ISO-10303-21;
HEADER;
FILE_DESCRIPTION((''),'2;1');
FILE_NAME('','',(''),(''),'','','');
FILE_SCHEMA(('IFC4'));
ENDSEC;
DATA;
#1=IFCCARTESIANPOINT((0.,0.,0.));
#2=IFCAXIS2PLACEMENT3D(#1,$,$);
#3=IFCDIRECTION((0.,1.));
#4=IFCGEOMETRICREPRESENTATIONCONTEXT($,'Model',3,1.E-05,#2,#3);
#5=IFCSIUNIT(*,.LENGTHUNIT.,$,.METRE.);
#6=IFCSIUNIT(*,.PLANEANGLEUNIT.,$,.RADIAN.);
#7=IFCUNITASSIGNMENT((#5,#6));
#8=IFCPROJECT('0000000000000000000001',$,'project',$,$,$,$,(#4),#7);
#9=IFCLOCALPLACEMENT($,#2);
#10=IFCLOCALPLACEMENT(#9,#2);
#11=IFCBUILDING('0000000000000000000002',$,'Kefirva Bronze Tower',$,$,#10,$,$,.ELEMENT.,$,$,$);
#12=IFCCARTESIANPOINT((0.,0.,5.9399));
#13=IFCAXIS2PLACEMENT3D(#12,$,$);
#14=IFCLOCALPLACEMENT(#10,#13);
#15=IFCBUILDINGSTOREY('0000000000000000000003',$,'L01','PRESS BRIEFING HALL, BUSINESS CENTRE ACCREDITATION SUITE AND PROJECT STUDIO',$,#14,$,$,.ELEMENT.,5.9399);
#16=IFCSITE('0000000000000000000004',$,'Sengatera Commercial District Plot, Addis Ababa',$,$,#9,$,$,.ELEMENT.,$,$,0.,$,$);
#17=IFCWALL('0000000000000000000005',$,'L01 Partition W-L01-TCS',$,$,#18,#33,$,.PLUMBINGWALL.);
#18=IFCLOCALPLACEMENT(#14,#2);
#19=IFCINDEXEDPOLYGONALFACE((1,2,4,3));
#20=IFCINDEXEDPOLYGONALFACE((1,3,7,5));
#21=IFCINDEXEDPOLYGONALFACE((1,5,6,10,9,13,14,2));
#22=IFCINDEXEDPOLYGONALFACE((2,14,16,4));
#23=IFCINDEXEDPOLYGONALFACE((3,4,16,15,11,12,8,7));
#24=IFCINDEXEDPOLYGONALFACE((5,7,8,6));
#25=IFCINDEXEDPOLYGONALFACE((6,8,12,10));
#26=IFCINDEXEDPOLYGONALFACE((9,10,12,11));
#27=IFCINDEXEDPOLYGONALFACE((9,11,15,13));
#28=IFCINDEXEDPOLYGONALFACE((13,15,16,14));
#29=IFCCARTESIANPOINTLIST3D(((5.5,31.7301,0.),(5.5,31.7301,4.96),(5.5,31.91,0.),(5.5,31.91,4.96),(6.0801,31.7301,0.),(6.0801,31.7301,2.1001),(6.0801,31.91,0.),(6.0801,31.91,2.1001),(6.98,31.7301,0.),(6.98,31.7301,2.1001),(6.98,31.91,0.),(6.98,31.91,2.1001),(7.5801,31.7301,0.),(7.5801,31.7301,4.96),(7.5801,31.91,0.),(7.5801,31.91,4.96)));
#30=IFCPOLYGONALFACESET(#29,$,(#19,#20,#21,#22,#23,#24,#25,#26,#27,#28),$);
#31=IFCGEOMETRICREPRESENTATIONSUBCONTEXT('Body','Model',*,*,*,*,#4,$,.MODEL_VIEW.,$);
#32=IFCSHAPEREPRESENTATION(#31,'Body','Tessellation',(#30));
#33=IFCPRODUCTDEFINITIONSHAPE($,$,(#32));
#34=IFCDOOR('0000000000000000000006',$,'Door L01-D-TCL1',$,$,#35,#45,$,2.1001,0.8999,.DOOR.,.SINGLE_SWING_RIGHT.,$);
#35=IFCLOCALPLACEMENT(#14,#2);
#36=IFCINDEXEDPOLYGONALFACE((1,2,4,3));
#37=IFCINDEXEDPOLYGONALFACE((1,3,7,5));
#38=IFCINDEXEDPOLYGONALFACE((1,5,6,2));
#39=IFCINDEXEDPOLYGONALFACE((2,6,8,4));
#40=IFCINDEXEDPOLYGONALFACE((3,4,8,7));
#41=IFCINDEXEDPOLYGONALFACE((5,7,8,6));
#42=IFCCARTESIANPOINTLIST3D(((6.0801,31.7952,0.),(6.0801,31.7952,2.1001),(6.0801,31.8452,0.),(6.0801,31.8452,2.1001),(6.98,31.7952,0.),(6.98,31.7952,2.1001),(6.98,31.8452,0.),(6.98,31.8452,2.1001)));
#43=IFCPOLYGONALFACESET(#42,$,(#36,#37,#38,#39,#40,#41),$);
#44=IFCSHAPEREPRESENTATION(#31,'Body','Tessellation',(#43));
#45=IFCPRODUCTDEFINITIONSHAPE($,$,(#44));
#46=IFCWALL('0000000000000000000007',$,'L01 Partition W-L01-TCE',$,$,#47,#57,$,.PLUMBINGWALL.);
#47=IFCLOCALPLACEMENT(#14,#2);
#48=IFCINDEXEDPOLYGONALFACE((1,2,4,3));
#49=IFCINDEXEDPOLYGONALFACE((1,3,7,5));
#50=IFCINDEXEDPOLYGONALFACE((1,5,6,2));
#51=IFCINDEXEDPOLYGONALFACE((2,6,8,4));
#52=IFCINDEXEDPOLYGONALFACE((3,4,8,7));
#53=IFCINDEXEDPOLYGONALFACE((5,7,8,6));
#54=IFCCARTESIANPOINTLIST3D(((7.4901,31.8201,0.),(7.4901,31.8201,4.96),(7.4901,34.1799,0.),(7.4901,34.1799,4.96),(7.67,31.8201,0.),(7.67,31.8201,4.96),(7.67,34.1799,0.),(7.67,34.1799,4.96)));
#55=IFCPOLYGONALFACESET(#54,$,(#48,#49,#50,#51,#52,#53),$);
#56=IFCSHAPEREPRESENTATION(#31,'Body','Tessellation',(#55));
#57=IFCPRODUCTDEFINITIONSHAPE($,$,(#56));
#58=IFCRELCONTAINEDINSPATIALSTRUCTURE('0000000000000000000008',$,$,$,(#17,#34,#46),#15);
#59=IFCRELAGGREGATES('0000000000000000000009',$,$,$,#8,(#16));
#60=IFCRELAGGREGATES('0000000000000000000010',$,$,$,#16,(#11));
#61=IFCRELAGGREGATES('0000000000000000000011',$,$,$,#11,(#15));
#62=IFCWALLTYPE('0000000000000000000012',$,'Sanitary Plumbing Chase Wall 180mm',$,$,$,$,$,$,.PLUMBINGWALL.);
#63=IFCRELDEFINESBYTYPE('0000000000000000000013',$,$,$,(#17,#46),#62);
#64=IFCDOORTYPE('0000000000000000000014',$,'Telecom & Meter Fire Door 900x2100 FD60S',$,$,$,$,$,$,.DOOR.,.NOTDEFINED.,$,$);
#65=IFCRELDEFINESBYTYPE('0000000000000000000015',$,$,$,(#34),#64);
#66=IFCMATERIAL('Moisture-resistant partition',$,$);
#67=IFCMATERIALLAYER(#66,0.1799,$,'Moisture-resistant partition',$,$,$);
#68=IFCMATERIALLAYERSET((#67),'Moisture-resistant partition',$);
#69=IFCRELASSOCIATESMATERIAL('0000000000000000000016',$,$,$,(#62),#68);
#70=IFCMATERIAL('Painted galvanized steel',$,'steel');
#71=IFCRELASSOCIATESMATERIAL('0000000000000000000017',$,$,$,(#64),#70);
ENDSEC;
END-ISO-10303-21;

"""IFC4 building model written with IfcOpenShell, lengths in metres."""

from ifc_helpers import new_model, si_unit, direction, frame, frame_2d, origin, place, context, subcontext, project, spatial, rectangle, extrude, material, layer, layer_set, type_object, element, fill, save


model = new_model("IFC4")

# Units and contexts
model_context = context("Model", 3, precision=1e-05, world=origin(), true_north=direction((0.0, 1.0)))
body_context = subcontext(model_context, "Body", "Model", "MODEL_VIEW")
ifc_project = project(units=[si_unit("LENGTHUNIT", "METRE"), si_unit("PLANEANGLEUNIT", "RADIAN")], contexts=[model_context])

# Site, building, storey
site_placement = place(None, origin())
site = spatial("IfcSite", under=ifc_project, at=site_placement, Name="Sengatera Commercial District Plot, Addis Ababa", CompositionType="ELEMENT", RefElevation=0.0)
building_placement = place(site_placement, origin())
building = spatial("IfcBuilding", under=site, at=building_placement, Name="Kefirva Bronze Tower", CompositionType="ELEMENT")
storey_placement = place(building_placement, frame((0.0, 0.0, 5.9399)))
storey = spatial("IfcBuildingStorey", under=building, at=storey_placement, Name="L01", Description="PRESS BRIEFING HALL, BUSINESS CENTRE ACCREDITATION SUITE AND PROJECT STUDIO", CompositionType="ELEMENT", Elevation=5.9399)

# Wall, opening, door
ifc_material_1 = material(Name="Painted galvanized steel", Category="steel")
ifc_material_2 = material(Name="Moisture-resistant partition")
ifc_layer_1 = layer(ifc_material_2, 0.1799, Name="Moisture-resistant partition")
ifc_layer_set_1 = layer_set([ifc_layer_1], Name="Moisture-resistant partition")
wall_type_1 = type_object("IfcWallType", Name="Sanitary Plumbing Chase Wall 180mm", PredefinedType="PLUMBINGWALL", material=ifc_layer_set_1)
wall_1_placement = place(storey_placement, frame((5.5, 31.8201, 0.0), z_axis=(0.0, 0.0, 1.0), x_axis=(1.0, 0.0, 0.0)))
wall_1 = element("IfcWall", 1, at=wall_1_placement, inside=storey, type_object=wall_type_1, Name="L01 Partition W-L01-TCS", PredefinedType="PLUMBINGWALL", context=body_context, shape_type="SweptSolid", body=[
    extrude(rectangle(XDim=2.0801, YDim=0.1799, at=frame_2d((1.04, 0.0))), origin(), (0.0, 0.0, 1.0), 4.96),
])
opening_1_placement = place(wall_1_placement, frame((1.48, 0.0, 0.0), z_axis=(0.0, 0.0, 1.0), x_axis=(-1.0, 0.0, 0.0)))
opening_1 = element("IfcOpeningElement", 2, at=opening_1_placement, cuts=wall_1, PredefinedType="OPENING", context=body_context, shape_type="SweptSolid", body=[
    extrude(rectangle(XDim=0.8999, YDim=2.1001, at=frame_2d((0.45, 1.05))), frame((0.0, 0.1001, 0.0), z_axis=(0.0, -1.0, 0.0), x_axis=(1.0, 0.0, 0.0)), (0.0, 0.0, 1.0), 0.2),
])
door_type_1 = type_object("IfcDoorType", Name="Telecom & Meter Fire Door 900x2100 FD60S", OperationType="NOTDEFINED", PredefinedType="DOOR", material=ifc_material_1)
door_1_placement = place(opening_1_placement, origin())
door_1 = element("IfcDoor", 3, at=door_1_placement, inside=storey, type_object=door_type_1, Name="Door L01-D-TCL1", OperationType="SINGLE_SWING_RIGHT", OverallHeight=2.1001, OverallWidth=0.8999, PredefinedType="DOOR", context=body_context, shape_type="SweptSolid", body=[
    extrude(rectangle(XDim=0.8999, YDim=2.1001, at=frame_2d((0.45, 1.05))), frame((0.0, 0.0249, 0.0), z_axis=(0.0, -1.0, 0.0), x_axis=(1.0, 0.0, 0.0)), (0.0, 0.0, 1.0), 0.05),
])
fill(opening_1, door_1)

# Wall
wall_2_placement = place(storey_placement, frame((7.5801, 31.8201, 0.0), z_axis=(0.0, 0.0, 1.0), x_axis=(0.0, 1.0, 0.0)))
element("IfcWall", 4, at=wall_2_placement, inside=storey, type_object=wall_type_1, Name="L01 Partition W-L01-TCE", PredefinedType="PLUMBINGWALL", context=body_context, shape_type="SweptSolid", body=[
    extrude(rectangle(XDim=2.3599, YDim=0.1799, at=frame_2d((1.1799, 0.0))), origin(), (0.0, 0.0, 1.0), 4.96),
])

save(model, "model.ifc")
